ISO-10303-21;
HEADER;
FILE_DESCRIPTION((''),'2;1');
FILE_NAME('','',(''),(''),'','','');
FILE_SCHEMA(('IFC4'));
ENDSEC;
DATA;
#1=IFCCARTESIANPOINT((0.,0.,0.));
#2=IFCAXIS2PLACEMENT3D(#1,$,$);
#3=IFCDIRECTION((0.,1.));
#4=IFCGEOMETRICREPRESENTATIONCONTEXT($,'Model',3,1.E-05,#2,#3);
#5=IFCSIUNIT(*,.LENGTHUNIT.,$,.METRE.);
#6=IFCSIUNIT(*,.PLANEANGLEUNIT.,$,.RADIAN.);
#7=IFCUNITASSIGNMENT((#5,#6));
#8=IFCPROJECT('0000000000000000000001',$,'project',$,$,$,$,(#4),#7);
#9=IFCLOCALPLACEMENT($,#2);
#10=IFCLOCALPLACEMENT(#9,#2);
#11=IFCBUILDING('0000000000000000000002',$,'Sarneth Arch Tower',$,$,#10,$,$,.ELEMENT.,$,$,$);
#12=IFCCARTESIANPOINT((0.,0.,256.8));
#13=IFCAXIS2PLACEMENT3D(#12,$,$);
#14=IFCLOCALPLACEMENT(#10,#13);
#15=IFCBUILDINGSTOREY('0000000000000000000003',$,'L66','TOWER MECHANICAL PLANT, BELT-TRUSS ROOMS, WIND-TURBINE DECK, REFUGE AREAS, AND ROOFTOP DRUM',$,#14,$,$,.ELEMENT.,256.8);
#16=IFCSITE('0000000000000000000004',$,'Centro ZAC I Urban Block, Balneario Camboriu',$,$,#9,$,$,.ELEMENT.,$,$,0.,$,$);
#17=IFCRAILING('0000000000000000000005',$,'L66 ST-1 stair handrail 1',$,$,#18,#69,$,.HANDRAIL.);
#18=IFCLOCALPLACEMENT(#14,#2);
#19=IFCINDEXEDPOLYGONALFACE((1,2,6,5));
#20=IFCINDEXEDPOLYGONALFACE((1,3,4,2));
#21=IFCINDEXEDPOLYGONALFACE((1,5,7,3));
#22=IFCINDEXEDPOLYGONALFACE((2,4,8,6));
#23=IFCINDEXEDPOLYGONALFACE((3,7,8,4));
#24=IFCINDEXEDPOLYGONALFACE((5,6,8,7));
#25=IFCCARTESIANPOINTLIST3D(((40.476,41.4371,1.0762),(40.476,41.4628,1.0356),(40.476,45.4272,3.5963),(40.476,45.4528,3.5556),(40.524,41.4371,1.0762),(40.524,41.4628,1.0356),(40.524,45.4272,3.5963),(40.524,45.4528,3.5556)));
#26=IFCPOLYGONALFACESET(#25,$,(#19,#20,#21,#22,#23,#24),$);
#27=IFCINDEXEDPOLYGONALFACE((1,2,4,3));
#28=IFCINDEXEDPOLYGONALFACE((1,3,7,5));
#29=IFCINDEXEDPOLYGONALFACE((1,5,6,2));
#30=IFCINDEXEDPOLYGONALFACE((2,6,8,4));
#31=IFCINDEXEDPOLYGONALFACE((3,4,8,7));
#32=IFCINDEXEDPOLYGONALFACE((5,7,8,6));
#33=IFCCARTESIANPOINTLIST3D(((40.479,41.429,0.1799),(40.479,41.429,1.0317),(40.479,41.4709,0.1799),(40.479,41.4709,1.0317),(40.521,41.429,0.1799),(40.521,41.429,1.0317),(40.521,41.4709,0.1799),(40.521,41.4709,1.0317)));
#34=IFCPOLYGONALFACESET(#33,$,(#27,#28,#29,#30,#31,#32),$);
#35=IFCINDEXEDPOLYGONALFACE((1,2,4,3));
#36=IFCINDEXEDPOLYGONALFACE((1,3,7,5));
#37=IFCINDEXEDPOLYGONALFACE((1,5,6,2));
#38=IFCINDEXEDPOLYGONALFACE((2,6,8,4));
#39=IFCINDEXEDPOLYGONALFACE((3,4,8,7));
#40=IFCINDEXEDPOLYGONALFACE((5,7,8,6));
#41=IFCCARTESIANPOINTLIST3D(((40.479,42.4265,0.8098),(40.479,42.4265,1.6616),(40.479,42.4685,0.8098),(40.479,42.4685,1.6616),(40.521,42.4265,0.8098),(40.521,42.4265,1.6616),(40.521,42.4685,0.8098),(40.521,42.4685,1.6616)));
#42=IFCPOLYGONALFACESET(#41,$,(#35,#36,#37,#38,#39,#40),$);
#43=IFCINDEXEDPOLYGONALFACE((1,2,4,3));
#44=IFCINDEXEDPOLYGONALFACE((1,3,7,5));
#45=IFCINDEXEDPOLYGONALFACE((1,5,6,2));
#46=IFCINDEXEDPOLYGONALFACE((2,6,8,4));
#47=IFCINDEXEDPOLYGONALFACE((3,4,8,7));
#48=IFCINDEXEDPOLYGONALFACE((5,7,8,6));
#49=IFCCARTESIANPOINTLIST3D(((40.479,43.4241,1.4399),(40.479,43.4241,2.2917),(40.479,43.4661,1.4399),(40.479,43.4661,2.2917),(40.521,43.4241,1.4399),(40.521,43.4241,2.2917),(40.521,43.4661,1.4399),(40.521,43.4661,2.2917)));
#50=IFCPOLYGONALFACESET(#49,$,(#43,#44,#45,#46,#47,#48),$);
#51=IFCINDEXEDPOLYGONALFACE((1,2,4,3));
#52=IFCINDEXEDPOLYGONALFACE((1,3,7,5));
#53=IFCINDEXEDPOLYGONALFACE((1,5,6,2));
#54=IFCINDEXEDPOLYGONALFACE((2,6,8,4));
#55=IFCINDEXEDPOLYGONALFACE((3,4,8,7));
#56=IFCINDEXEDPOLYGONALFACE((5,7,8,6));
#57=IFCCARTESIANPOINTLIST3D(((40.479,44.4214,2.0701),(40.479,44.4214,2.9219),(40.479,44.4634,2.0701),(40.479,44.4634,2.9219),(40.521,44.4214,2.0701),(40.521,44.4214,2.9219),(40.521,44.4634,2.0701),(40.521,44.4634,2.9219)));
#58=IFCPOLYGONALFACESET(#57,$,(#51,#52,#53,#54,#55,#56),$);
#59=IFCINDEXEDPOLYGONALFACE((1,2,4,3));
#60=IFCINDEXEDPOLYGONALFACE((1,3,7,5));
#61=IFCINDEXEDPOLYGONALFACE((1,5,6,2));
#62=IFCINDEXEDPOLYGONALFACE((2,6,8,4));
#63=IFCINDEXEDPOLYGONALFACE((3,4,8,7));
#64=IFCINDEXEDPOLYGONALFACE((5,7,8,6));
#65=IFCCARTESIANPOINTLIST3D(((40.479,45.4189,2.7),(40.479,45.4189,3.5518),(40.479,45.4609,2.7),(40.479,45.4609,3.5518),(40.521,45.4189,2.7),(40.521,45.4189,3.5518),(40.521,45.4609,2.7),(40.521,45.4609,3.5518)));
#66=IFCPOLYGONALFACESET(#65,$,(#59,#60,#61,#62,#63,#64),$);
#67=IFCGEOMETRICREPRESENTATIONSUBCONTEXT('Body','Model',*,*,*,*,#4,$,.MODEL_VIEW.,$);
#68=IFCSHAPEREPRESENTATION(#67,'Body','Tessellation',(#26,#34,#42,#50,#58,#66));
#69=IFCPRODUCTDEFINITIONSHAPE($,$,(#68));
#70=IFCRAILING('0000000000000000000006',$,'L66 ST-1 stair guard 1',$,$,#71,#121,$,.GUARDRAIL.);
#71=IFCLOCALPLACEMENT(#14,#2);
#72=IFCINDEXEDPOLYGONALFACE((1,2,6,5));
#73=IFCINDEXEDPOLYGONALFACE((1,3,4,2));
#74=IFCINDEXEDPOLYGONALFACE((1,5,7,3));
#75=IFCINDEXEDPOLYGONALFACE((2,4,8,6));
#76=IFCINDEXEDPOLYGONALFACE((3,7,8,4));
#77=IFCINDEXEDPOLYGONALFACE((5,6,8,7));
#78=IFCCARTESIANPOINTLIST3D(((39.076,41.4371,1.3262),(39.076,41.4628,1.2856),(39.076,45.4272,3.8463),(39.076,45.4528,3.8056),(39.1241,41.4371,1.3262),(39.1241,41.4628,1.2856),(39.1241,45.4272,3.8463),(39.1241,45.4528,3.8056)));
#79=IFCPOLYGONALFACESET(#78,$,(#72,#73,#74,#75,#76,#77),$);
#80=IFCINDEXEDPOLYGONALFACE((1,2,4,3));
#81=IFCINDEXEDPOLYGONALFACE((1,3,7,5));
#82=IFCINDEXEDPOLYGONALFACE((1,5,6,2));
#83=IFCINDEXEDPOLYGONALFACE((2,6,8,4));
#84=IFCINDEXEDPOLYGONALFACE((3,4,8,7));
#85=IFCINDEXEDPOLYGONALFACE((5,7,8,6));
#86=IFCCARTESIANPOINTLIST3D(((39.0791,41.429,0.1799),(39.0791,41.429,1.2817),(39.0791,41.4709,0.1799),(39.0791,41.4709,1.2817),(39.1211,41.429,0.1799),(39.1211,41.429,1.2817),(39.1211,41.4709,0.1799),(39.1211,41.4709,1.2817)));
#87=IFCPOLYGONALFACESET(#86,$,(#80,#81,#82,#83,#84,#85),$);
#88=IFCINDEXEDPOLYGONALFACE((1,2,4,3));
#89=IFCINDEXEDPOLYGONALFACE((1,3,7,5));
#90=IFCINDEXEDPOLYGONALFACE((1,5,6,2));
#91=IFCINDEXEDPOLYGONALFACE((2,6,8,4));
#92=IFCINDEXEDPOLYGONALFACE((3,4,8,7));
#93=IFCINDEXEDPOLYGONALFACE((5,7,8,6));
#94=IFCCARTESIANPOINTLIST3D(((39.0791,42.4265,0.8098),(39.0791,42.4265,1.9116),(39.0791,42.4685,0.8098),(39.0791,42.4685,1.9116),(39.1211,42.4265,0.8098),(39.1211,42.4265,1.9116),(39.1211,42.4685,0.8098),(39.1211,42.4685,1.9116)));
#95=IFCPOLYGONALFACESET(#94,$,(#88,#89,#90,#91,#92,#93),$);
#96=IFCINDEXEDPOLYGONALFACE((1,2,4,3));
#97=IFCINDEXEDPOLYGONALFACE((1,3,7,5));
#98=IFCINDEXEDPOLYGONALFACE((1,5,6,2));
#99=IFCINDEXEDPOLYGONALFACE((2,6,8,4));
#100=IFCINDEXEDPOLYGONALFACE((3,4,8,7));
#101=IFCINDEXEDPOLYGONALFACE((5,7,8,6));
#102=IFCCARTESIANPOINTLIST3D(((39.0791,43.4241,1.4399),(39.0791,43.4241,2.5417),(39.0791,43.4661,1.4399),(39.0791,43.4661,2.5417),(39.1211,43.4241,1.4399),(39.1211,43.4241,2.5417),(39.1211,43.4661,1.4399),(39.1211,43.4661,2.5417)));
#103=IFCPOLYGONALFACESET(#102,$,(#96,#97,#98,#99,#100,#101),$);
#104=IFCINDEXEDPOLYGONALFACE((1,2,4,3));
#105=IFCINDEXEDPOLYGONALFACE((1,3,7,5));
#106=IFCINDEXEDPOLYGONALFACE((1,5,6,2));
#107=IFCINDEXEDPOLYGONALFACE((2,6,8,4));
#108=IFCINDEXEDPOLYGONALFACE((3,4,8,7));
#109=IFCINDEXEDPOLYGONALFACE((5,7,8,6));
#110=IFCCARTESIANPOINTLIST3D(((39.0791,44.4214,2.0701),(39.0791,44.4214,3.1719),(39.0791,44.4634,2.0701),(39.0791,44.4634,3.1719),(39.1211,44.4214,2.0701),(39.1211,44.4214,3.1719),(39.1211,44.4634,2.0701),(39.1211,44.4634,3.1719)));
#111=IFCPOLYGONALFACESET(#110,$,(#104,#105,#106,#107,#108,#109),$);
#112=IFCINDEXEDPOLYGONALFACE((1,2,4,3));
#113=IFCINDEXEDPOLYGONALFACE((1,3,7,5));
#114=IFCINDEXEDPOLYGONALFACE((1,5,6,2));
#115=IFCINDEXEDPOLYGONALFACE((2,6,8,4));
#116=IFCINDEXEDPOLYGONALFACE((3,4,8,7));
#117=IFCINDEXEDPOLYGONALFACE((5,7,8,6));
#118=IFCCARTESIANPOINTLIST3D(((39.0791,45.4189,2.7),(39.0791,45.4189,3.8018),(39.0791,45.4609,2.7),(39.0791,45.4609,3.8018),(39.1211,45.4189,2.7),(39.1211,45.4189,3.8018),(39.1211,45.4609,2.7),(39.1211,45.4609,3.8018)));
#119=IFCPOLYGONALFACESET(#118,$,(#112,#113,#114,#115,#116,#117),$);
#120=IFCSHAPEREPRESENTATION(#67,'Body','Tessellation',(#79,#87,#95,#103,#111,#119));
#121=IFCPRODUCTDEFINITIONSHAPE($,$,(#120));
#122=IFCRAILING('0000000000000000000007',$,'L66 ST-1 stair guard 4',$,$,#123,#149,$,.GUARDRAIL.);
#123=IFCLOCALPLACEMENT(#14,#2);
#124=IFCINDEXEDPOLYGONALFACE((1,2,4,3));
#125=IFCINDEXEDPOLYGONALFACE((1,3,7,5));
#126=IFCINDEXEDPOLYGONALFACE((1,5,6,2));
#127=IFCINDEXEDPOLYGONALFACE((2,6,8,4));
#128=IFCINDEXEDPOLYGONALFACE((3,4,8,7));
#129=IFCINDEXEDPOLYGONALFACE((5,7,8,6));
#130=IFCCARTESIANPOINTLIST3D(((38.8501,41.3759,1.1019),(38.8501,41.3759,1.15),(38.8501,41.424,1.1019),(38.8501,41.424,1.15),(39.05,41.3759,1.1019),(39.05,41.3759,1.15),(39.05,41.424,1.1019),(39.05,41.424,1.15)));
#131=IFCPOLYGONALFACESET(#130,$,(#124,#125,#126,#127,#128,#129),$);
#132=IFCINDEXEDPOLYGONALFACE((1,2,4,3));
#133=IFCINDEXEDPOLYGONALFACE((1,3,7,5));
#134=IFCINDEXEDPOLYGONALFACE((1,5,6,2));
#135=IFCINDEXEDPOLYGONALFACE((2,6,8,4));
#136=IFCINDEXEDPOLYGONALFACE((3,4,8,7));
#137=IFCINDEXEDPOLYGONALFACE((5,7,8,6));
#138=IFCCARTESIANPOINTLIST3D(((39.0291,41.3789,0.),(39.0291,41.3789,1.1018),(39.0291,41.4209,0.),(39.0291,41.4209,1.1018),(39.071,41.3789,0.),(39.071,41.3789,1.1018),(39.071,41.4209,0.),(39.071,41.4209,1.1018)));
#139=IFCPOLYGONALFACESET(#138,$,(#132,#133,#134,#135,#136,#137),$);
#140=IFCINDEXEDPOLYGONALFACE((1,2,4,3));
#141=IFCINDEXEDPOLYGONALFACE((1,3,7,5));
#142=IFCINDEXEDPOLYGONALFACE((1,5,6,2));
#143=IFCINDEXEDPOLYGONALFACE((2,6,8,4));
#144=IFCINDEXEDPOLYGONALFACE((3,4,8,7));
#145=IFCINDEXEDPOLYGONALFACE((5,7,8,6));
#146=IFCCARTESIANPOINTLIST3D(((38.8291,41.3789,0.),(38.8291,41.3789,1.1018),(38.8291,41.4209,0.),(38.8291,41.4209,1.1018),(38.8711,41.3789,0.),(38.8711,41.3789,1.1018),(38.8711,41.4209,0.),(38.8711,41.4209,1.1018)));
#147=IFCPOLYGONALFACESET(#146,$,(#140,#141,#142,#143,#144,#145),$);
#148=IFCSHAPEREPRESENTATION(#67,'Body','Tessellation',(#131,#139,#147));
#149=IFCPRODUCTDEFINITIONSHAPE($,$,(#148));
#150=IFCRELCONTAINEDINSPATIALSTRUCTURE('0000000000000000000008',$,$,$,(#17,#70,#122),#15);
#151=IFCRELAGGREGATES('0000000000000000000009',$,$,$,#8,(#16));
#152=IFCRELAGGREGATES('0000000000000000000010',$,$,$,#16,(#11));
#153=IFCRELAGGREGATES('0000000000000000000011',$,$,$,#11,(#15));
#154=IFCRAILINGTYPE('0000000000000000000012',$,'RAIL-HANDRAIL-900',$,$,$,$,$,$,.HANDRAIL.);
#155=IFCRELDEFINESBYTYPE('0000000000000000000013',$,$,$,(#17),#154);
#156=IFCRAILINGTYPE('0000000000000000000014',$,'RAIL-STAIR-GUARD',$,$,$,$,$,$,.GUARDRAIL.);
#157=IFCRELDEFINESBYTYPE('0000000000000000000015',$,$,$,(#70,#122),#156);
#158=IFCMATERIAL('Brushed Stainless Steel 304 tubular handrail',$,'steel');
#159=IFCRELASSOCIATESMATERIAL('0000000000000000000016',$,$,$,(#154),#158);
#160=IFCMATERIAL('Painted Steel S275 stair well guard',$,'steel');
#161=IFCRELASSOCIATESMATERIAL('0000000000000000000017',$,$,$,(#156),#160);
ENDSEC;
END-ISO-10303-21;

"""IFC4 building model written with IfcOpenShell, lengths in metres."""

from ifc_helpers import new_model, si_unit, direction, frame, origin, origin_2d, place, context, subcontext, project, spatial, rectangle, extrude, material, type_object, element, save


model = new_model("IFC4")

# Units and contexts
model_context = context("Model", 3, precision=1e-05, world=origin(), true_north=direction((0.0, 1.0)))
body_context = subcontext(model_context, "Body", "Model", "MODEL_VIEW")
ifc_project = project(units=[si_unit("LENGTHUNIT", "METRE"), si_unit("PLANEANGLEUNIT", "RADIAN")], contexts=[model_context])

# Site, building, storey
site_placement = place(None, origin())
site = spatial("IfcSite", under=ifc_project, at=site_placement, Name="Centro ZAC I Urban Block, Balneario Camboriu", CompositionType="ELEMENT", RefElevation=0.0)
building_placement = place(site_placement, origin())
building = spatial("IfcBuilding", under=site, at=building_placement, Name="Sarneth Arch Tower", CompositionType="ELEMENT")
storey_placement = place(building_placement, frame((0.0, 0.0, 256.8)))
storey = spatial("IfcBuildingStorey", under=building, at=storey_placement, Name="L66", Description="TOWER MECHANICAL PLANT, BELT-TRUSS ROOMS, WIND-TURBINE DECK, REFUGE AREAS, AND ROOFTOP DRUM", CompositionType="ELEMENT", Elevation=256.8)

# Railings
ifc_material_1 = material(Name="Brushed Stainless Steel 304 tubular handrail", Category="steel")
railing_type_1 = type_object("IfcRailingType", Name="RAIL-HANDRAIL-900", PredefinedType="HANDRAIL", material=ifc_material_1)
railing_1_placement = place(storey_placement, frame((40.5, 41.45, 0.1799)))
element("IfcRailing", 1, at=railing_1_placement, inside=storey, type_object=railing_type_1, Name="L66 ST-1 stair handrail 1", PredefinedType="HANDRAIL", context=body_context, shape_type="SweptSolid", body=[
    extrude(rectangle(XDim=0.0481, YDim=0.0481, at=origin_2d()), frame((0.0, 0.0, 0.876), z_axis=(0.0, 0.845486, 0.533997), x_axis=(-1.0, 0.0, 0.0)), (0.0, 0.0, 1.0), 4.7192),
    extrude(rectangle(XDim=0.042, YDim=0.042, at=origin_2d()), origin(), (0.0, 0.0, 1.0), 0.8518),
    extrude(rectangle(XDim=0.042, YDim=0.042, at=origin_2d()), frame((0.0, 0.9976, 0.6299)), (0.0, 0.0, 1.0), 0.8518),
    extrude(rectangle(XDim=0.042, YDim=0.042, at=origin_2d()), frame((0.0, 1.9951, 1.26)), (0.0, 0.0, 1.0), 0.8518),
    extrude(rectangle(XDim=0.042, YDim=0.042, at=origin_2d()), frame((0.0, 2.9924, 1.8901)), (0.0, 0.0, 1.0), 0.8518),
    extrude(rectangle(XDim=0.042, YDim=0.042, at=origin_2d()), frame((0.0, 3.99, 2.52)), (0.0, 0.0, 1.0), 0.8518),
])
ifc_material_2 = material(Name="Painted Steel S275 stair well guard", Category="steel")
railing_type_2 = type_object("IfcRailingType", Name="RAIL-STAIR-GUARD", PredefinedType="GUARDRAIL", material=ifc_material_2)
railing_2_placement = place(storey_placement, frame((39.1001, 41.45, 0.1799)))
element("IfcRailing", 2, at=railing_2_placement, inside=storey, type_object=railing_type_2, Name="L66 ST-1 stair guard 1", PredefinedType="GUARDRAIL", context=body_context, shape_type="SweptSolid", body=[
    extrude(rectangle(XDim=0.0481, YDim=0.0481, at=origin_2d()), frame((0.0, 0.0, 1.126), z_axis=(0.0, 0.845486, 0.533997), x_axis=(-1.0, 0.0, 0.0)), (0.0, 0.0, 1.0), 4.7192),
    extrude(rectangle(XDim=0.042, YDim=0.042, at=origin_2d()), origin(), (0.0, 0.0, 1.0), 1.1018),
    extrude(rectangle(XDim=0.042, YDim=0.042, at=origin_2d()), frame((0.0, 0.9976, 0.6299)), (0.0, 0.0, 1.0), 1.1018),
    extrude(rectangle(XDim=0.042, YDim=0.042, at=origin_2d()), frame((0.0, 1.9951, 1.26)), (0.0, 0.0, 1.0), 1.1018),
    extrude(rectangle(XDim=0.042, YDim=0.042, at=origin_2d()), frame((0.0, 2.9924, 1.8901)), (0.0, 0.0, 1.0), 1.1018),
    extrude(rectangle(XDim=0.042, YDim=0.042, at=origin_2d()), frame((0.0, 3.99, 2.52)), (0.0, 0.0, 1.0), 1.1018),
])
railing_3_placement = place(storey_placement, frame((39.05, 41.3999, 0.0)))
element("IfcRailing", 3, at=railing_3_placement, inside=storey, type_object=railing_type_2, Name="L66 ST-1 stair guard 4", PredefinedType="GUARDRAIL", context=body_context, shape_type="SweptSolid", body=[
    extrude(rectangle(XDim=0.0481, YDim=0.0481, at=origin_2d()), frame((0.0, 0.0, 1.126), z_axis=(-1.0, 0.0, 0.0), x_axis=(0.0, -1.0, 0.0)), (0.0, 0.0, 1.0), 0.2),
    extrude(rectangle(XDim=0.042, YDim=0.042, at=origin_2d()), origin(), (0.0, 0.0, 1.0), 1.1018),
    extrude(rectangle(XDim=0.042, YDim=0.042, at=origin_2d()), frame((-0.2, 0.0, 0.0)), (0.0, 0.0, 1.0), 1.1018),
])

save(model, "model.ifc")
